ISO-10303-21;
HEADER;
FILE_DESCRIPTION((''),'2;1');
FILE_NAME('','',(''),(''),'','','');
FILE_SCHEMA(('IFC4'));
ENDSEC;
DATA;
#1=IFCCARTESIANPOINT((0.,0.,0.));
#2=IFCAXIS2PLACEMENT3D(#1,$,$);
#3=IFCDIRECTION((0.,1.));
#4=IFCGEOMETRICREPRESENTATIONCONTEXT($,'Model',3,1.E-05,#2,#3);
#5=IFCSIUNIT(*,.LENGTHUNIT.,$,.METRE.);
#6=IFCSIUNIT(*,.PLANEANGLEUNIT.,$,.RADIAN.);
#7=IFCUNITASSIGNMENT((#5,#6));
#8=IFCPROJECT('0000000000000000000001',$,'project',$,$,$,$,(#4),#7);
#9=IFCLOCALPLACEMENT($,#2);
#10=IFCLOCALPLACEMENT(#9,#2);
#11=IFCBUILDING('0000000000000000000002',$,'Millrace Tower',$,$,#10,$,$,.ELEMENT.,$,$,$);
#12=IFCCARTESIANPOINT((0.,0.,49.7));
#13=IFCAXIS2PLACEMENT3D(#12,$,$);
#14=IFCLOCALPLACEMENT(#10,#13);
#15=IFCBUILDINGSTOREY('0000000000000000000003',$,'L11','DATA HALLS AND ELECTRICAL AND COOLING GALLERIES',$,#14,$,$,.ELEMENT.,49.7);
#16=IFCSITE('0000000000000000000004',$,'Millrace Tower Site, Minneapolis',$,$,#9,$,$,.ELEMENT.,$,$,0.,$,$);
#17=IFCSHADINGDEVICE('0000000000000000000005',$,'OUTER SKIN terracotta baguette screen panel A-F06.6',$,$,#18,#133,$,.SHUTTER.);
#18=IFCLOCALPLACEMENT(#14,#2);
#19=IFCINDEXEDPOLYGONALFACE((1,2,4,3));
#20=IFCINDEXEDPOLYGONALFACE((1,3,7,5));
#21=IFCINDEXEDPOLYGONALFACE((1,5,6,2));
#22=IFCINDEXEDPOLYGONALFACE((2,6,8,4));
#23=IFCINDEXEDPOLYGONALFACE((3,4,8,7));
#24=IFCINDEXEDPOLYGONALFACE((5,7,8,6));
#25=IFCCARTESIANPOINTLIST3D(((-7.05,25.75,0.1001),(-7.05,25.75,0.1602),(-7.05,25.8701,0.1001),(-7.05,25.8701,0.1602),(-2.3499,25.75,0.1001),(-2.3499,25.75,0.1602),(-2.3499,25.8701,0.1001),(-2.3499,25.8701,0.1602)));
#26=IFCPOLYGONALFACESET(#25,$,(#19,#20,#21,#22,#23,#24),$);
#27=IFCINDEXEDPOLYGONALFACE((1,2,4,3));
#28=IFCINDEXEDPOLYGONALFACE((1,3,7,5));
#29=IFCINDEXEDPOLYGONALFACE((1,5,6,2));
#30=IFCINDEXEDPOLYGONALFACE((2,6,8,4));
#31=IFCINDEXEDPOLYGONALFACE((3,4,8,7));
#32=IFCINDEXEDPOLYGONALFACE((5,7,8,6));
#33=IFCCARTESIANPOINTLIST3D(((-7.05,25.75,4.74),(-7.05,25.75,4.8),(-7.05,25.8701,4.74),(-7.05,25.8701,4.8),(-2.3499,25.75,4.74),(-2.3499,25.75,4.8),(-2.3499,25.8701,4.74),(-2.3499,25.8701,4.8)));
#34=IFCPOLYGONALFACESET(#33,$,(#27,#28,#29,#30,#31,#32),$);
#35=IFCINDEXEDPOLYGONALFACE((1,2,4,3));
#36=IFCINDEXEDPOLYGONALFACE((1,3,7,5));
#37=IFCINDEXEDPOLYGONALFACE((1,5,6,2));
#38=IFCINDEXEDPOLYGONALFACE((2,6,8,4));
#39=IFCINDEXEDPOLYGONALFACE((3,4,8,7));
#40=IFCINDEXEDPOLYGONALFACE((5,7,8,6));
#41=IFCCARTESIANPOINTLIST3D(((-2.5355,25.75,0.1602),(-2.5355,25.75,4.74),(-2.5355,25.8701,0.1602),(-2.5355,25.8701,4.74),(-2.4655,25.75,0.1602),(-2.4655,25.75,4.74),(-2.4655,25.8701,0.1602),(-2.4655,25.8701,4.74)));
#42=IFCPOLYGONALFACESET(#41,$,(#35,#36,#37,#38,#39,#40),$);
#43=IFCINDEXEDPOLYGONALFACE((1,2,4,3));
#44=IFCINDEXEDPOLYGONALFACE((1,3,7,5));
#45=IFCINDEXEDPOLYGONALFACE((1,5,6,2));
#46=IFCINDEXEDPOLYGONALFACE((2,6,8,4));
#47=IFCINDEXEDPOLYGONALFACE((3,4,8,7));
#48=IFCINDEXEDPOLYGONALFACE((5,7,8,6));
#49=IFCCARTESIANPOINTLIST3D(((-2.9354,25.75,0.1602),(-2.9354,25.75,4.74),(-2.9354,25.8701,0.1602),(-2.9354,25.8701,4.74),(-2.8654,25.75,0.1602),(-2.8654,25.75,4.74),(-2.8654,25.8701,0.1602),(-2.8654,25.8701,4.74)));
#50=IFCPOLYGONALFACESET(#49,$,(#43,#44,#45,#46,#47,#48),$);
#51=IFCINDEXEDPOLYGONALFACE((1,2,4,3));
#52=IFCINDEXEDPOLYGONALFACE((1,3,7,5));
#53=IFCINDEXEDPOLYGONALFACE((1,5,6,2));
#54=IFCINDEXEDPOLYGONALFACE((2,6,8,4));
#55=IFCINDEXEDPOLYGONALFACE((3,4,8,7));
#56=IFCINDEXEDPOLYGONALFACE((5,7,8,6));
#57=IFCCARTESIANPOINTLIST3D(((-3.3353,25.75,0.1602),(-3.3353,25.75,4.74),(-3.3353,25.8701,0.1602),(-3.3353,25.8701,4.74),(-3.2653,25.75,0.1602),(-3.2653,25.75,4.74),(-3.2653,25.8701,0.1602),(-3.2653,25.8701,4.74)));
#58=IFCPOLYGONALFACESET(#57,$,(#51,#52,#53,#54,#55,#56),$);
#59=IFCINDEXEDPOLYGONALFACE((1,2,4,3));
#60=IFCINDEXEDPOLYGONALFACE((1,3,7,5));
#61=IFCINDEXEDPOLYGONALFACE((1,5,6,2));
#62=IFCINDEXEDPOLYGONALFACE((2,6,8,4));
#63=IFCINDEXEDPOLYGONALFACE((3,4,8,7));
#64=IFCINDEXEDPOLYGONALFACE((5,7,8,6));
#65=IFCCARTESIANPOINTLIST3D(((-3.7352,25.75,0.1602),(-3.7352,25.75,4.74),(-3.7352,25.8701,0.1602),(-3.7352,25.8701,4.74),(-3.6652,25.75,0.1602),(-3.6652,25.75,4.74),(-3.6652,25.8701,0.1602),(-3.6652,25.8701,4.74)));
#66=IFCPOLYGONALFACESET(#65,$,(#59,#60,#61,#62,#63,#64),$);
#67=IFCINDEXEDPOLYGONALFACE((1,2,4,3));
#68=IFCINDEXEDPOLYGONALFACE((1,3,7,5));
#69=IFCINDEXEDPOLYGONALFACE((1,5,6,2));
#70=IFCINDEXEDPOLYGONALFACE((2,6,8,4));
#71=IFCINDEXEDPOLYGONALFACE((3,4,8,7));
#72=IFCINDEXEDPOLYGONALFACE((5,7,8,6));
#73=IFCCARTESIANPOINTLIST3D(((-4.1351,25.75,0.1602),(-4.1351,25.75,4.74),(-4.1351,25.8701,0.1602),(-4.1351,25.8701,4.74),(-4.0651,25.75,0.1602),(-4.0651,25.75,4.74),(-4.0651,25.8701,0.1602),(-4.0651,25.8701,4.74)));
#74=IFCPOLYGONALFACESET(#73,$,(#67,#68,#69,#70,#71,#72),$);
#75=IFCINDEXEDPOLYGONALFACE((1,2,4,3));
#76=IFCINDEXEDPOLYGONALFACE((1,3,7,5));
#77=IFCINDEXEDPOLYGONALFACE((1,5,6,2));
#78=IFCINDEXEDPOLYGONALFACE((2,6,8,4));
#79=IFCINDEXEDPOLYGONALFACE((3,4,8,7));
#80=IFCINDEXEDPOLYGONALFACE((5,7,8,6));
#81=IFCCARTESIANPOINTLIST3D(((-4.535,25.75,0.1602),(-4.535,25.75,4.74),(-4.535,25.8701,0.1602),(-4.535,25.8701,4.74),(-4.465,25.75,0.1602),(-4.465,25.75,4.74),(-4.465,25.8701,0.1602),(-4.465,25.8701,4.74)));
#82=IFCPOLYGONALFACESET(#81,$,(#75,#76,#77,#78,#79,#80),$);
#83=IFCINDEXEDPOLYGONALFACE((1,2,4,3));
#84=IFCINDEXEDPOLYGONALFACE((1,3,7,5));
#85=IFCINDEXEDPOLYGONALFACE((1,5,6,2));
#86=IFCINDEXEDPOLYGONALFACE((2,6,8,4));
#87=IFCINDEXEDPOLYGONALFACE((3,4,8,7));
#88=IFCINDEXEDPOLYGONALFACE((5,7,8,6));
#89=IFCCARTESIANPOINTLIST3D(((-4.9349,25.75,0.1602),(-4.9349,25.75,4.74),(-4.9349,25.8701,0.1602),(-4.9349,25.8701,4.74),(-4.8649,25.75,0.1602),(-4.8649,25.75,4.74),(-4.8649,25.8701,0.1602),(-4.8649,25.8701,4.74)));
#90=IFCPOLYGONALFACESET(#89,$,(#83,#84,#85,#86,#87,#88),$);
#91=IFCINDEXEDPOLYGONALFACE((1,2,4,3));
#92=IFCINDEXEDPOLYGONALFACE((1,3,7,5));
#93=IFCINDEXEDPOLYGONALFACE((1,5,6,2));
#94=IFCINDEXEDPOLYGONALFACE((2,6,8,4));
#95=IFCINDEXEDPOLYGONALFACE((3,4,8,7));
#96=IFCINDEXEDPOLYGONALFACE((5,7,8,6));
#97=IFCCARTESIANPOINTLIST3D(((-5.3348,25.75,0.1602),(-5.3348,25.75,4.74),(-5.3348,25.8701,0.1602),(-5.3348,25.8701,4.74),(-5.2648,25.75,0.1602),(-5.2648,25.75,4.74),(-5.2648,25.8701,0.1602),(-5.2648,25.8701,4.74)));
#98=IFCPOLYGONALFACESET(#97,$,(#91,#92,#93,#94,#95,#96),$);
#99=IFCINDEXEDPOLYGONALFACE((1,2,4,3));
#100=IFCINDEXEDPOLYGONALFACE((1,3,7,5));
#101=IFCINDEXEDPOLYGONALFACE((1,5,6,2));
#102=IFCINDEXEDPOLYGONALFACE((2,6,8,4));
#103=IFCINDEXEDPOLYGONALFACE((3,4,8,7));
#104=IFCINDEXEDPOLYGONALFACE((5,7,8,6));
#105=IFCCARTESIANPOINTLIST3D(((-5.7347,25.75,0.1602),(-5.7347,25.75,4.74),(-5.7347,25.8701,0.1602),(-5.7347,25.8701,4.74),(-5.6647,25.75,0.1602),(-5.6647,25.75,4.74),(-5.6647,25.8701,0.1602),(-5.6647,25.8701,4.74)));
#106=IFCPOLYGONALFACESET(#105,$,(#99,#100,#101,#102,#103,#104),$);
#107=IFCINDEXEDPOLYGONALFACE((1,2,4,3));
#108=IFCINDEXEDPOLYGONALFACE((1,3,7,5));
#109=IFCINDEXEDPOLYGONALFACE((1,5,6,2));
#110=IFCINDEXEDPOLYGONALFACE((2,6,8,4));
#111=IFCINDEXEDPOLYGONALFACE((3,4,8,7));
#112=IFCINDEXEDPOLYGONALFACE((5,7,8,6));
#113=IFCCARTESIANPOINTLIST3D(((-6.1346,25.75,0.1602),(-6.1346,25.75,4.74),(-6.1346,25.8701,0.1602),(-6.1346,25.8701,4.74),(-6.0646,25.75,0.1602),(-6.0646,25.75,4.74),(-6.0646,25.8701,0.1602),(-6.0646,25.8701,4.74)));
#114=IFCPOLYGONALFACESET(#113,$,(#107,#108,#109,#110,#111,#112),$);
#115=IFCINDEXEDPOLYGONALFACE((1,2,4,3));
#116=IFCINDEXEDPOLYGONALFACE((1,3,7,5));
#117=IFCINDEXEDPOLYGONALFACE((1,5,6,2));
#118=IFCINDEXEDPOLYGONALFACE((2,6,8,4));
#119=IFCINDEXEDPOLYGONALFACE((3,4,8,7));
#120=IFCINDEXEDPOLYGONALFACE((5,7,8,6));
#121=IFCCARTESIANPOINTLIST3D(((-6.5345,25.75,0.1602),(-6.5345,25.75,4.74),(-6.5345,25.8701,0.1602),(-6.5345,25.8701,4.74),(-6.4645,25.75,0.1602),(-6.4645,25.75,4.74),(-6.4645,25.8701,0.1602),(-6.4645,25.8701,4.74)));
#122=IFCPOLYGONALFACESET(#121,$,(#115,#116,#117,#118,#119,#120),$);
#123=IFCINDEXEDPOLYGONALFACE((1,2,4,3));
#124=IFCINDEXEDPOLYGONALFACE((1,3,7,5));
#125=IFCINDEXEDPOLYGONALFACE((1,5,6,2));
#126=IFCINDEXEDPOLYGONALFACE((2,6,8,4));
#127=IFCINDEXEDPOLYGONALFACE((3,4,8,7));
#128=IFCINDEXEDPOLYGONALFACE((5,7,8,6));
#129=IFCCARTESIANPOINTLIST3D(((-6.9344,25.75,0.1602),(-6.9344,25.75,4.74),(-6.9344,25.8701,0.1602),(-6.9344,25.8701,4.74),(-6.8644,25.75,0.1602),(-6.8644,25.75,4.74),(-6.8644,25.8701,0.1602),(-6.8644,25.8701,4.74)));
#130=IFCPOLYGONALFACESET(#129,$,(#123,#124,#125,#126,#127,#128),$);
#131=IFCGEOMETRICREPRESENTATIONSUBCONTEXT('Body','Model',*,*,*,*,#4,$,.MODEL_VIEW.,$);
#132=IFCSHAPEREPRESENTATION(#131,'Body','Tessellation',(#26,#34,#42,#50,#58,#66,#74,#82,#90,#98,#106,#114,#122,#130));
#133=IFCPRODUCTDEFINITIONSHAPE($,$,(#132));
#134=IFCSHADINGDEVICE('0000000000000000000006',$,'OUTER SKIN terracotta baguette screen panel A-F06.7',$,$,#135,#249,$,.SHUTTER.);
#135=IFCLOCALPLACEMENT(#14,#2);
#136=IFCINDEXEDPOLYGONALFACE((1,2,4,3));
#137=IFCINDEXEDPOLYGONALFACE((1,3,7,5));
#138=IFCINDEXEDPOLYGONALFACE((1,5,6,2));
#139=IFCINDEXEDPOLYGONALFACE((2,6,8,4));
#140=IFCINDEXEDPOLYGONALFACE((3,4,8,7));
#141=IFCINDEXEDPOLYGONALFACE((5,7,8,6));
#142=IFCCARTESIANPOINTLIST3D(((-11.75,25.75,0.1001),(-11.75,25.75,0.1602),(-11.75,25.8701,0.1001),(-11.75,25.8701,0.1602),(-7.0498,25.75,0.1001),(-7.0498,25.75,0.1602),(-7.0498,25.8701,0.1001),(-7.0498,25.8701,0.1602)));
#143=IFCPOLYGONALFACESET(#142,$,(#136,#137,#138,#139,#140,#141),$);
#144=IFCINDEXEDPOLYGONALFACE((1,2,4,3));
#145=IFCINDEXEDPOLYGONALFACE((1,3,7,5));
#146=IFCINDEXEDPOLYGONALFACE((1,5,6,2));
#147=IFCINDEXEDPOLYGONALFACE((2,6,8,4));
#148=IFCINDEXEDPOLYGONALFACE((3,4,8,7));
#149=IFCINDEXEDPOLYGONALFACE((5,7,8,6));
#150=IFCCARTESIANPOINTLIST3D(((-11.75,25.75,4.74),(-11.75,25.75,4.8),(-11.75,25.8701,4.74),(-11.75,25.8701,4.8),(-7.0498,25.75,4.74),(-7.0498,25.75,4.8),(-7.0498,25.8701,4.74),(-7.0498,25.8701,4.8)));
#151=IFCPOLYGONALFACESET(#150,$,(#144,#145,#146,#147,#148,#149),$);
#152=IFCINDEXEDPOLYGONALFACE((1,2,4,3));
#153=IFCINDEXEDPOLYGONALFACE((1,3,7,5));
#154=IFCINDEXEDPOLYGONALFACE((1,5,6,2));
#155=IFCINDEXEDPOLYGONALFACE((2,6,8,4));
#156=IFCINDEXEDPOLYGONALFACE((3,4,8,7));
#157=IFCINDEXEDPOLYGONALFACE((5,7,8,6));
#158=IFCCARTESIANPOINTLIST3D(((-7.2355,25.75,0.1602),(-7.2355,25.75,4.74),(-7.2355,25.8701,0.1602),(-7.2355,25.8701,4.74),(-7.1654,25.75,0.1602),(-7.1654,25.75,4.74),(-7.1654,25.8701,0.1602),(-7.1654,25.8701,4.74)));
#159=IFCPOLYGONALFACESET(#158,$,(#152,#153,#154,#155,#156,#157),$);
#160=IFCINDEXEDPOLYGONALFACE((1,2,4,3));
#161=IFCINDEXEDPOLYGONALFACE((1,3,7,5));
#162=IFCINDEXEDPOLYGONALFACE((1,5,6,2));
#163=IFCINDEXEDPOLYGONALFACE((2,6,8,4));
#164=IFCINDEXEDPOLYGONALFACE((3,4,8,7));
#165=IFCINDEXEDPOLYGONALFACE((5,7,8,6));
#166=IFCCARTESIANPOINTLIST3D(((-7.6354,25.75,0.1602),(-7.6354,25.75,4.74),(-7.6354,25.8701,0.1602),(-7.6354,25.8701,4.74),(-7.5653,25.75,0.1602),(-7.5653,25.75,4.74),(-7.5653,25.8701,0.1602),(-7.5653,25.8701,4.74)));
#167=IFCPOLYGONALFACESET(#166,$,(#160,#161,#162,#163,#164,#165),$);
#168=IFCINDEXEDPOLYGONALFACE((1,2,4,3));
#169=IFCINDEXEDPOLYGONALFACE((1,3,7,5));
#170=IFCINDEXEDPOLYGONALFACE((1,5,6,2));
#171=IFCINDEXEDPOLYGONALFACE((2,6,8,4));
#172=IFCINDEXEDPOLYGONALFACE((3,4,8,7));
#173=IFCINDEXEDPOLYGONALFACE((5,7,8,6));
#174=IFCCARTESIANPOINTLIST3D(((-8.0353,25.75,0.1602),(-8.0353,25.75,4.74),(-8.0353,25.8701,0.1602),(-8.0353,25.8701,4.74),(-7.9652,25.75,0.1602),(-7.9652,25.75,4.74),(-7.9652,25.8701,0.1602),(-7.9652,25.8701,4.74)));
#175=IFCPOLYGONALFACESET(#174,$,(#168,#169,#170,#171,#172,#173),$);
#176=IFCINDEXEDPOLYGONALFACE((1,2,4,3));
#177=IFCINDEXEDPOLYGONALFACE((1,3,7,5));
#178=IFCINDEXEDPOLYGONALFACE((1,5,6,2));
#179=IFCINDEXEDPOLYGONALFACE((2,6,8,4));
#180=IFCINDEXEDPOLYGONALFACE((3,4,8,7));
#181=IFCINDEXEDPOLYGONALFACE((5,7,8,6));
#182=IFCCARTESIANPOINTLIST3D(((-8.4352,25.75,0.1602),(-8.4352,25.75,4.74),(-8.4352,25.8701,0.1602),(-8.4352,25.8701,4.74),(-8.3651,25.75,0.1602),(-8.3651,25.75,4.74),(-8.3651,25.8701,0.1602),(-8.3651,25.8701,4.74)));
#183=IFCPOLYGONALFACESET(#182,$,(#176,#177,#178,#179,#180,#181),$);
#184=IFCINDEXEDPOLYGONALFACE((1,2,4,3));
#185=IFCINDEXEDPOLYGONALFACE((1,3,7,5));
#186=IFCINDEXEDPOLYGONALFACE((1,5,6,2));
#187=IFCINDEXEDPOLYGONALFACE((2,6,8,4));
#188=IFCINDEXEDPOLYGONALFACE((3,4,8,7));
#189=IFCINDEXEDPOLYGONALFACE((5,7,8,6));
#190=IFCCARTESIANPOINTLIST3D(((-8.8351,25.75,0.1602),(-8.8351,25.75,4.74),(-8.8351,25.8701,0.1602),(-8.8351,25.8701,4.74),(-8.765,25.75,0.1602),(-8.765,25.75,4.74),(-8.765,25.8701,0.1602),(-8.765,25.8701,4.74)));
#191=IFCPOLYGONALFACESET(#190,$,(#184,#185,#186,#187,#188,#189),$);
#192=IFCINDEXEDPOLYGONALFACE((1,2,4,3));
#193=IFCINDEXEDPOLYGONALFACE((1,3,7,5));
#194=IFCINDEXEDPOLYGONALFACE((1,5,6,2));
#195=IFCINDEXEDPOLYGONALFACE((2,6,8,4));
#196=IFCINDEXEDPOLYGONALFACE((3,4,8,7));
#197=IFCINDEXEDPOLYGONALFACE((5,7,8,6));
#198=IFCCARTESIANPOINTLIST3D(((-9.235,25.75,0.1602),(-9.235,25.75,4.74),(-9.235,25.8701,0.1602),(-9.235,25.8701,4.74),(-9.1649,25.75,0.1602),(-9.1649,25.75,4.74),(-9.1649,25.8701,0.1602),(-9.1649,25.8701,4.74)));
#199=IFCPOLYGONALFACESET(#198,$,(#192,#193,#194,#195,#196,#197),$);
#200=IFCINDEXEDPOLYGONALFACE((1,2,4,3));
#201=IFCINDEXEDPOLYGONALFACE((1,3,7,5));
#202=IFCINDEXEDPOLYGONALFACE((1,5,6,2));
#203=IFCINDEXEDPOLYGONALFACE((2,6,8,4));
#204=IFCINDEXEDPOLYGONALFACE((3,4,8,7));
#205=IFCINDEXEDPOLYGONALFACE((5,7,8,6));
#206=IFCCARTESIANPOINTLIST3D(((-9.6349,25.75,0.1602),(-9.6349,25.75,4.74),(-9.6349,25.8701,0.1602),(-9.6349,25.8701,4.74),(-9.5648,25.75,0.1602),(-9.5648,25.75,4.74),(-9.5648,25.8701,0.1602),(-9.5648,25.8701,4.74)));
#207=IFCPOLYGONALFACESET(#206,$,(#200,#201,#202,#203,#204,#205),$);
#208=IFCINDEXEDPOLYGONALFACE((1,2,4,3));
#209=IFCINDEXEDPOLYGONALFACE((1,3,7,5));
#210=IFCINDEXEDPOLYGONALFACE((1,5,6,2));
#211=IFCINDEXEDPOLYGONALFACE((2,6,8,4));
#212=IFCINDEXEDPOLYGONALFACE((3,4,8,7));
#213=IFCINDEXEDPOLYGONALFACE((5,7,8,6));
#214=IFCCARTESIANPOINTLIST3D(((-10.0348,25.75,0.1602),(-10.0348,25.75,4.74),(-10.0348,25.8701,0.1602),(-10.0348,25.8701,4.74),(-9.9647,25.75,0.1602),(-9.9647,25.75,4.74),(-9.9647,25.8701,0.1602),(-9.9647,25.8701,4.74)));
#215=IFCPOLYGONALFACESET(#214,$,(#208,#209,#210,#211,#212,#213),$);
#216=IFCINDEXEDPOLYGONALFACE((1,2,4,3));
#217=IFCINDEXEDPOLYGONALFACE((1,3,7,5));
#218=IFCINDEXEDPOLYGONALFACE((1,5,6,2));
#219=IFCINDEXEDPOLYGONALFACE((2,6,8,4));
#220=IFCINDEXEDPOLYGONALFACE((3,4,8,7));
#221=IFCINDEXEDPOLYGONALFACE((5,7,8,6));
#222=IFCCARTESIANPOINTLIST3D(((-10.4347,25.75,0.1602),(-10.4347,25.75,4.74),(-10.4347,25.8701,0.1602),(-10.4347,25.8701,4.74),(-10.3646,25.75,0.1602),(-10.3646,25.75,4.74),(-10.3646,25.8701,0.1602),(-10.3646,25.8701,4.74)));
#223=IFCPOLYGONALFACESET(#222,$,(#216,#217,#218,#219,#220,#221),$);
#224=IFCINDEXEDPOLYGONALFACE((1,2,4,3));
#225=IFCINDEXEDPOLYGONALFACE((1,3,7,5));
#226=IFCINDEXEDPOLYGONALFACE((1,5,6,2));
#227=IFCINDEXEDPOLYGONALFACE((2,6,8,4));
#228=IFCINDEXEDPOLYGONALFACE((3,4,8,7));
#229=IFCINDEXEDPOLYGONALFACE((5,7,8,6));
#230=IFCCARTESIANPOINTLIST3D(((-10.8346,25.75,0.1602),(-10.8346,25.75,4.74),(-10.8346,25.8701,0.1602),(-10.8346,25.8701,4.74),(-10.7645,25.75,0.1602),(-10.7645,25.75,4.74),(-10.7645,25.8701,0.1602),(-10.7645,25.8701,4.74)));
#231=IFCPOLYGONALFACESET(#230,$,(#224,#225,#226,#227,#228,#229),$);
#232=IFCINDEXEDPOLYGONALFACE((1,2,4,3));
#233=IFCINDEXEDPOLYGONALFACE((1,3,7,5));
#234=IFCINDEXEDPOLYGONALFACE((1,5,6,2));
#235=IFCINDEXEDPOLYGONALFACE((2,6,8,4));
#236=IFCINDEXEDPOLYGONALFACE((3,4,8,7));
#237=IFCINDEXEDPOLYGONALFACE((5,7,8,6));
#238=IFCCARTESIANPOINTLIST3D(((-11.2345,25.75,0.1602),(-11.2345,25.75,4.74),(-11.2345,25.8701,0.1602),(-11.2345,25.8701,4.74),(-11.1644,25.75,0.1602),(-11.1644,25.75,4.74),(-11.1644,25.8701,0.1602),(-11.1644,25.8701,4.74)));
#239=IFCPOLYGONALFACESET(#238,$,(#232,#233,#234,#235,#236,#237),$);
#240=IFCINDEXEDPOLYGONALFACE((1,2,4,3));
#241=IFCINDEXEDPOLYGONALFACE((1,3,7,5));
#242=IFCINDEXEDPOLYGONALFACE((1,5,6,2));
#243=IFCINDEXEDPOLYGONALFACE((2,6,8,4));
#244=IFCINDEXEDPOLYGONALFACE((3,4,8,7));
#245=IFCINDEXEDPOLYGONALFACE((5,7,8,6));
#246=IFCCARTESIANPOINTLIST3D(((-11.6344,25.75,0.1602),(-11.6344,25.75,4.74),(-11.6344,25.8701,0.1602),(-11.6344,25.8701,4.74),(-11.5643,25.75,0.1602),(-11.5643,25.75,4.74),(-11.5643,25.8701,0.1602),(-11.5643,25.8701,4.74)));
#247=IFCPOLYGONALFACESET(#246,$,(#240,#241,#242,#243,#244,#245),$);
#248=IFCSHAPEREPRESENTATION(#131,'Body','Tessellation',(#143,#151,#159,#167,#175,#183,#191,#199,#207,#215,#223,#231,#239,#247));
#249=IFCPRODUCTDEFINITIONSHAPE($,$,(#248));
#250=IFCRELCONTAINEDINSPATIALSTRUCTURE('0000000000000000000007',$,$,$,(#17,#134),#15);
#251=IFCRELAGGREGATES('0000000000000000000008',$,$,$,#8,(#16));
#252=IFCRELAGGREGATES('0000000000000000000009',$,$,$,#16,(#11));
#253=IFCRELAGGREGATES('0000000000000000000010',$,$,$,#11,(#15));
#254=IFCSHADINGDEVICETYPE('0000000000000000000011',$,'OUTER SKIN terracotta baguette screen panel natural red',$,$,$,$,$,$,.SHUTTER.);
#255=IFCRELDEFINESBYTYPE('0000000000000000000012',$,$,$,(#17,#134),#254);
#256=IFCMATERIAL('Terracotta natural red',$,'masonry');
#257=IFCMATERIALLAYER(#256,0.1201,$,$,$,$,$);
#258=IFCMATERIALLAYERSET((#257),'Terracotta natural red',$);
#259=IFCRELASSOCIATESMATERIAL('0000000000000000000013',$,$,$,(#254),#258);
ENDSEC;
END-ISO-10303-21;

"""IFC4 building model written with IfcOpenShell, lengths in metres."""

from ifc_helpers import new_model, entity, si_unit, direction, frame, frame_2d, origin, place, context, subcontext, project, spatial, rectangle, extrude, source, transform, mapped, material, layer, layer_set, type_object, element, save


model = new_model("IFC4")

# Units and contexts
model_context = context("Model", 3, precision=1e-05, world=origin(), true_north=direction((0.0, 1.0)))
body_context = subcontext(model_context, "Body", "Model", "MODEL_VIEW")
ifc_project = project(units=[si_unit("LENGTHUNIT", "METRE"), si_unit("PLANEANGLEUNIT", "RADIAN")], contexts=[model_context])

# Site, building, storey
site_placement = place(None, origin())
site = spatial("IfcSite", under=ifc_project, at=site_placement, Name="Millrace Tower Site, Minneapolis", CompositionType="ELEMENT", RefElevation=0.0)
building_placement = place(site_placement, origin())
building = spatial("IfcBuilding", under=site, at=building_placement, Name="Millrace Tower", CompositionType="ELEMENT")
storey_placement = place(building_placement, frame((0.0, 0.0, 49.7)))
storey = spatial("IfcBuildingStorey", under=building, at=storey_placement, Name="L11", Description="DATA HALLS AND ELECTRICAL AND COOLING GALLERIES", CompositionType="ELEMENT", Elevation=49.7)

# Shading devices
ifc_material_1 = material(Name="Terracotta natural red", Category="masonry")
ifc_layer_1 = layer(ifc_material_1, 0.1201)
ifc_layer_set_1 = layer_set([ifc_layer_1], Name="Terracotta natural red")
shading_device_type = type_object("IfcShadingDeviceType", Name="OUTER SKIN terracotta baguette screen panel natural red", PredefinedType="SHUTTER", material=ifc_layer_set_1)
cartesian_point = entity("IfcCartesianPoint", [-2.3501, 0.0601])
shared_polyline = entity("IfcPolyline", [cartesian_point, entity("IfcCartesianPoint", [2.3501, 0.0601]), entity("IfcCartesianPoint", [2.3501, -0.0601]), entity("IfcCartesianPoint", [-2.3501, -0.0601]), cartesian_point])
shared_shape = source(origin(), body_context, "Body", "SweptSolid", [
    entity("IfcExtrudedAreaSolid", entity("IfcArbitraryClosedProfileDef", "AREA", None, shared_polyline), entity("IfcAxis2Placement3D", entity("IfcCartesianPoint", [0.0, 0.0, 0.0])), entity("IfcDirection", [0.0, 0.0, 1.0]), 0.0601),
    entity("IfcExtrudedAreaSolid", entity("IfcArbitraryClosedProfileDef", "AREA", None, shared_polyline), entity("IfcAxis2Placement3D", entity("IfcCartesianPoint", [0.0, 0.0, 4.6399])), entity("IfcDirection", [0.0, 0.0, 1.0]), 0.0601),
    extrude(rectangle(XDim=0.0701, YDim=0.1201, at=frame_2d((-2.1995, 0.0))), frame((0.0, 0.0, 0.0601)), (0.0, 0.0, 1.0), 4.5798),
    extrude(rectangle(XDim=0.0701, YDim=0.1201, at=frame_2d((-1.7996, 0.0))), frame((0.0, 0.0, 0.0601)), (0.0, 0.0, 1.0), 4.5798),
    extrude(rectangle(XDim=0.0701, YDim=0.1201, at=frame_2d((-1.3997, 0.0))), frame((0.0, 0.0, 0.0601)), (0.0, 0.0, 1.0), 4.5798),
    extrude(rectangle(XDim=0.0701, YDim=0.1201, at=frame_2d((-0.9998, 0.0))), frame((0.0, 0.0, 0.0601)), (0.0, 0.0, 1.0), 4.5798),
    extrude(rectangle(XDim=0.0701, YDim=0.1201, at=frame_2d((-0.5999, 0.0))), frame((0.0, 0.0, 0.0601)), (0.0, 0.0, 1.0), 4.5798),
    extrude(rectangle(XDim=0.0701, YDim=0.1201, at=frame_2d((-0.2, 0.0))), frame((0.0, 0.0, 0.0601)), (0.0, 0.0, 1.0), 4.5798),
    extrude(rectangle(XDim=0.0701, YDim=0.1201, at=frame_2d((0.2, 0.0))), frame((0.0, 0.0, 0.0601)), (0.0, 0.0, 1.0), 4.5798),
    extrude(rectangle(XDim=0.0701, YDim=0.1201, at=frame_2d((0.5999, 0.0))), frame((0.0, 0.0, 0.0601)), (0.0, 0.0, 1.0), 4.5798),
    extrude(rectangle(XDim=0.0701, YDim=0.1201, at=frame_2d((0.9998, 0.0))), frame((0.0, 0.0, 0.0601)), (0.0, 0.0, 1.0), 4.5798),
    extrude(rectangle(XDim=0.0701, YDim=0.1201, at=frame_2d((1.3997, 0.0))), frame((0.0, 0.0, 0.0601)), (0.0, 0.0, 1.0), 4.5798),
    extrude(rectangle(XDim=0.0701, YDim=0.1201, at=frame_2d((1.7996, 0.0))), frame((0.0, 0.0, 0.0601)), (0.0, 0.0, 1.0), 4.5798),
    extrude(rectangle(XDim=0.0701, YDim=0.1201, at=frame_2d((2.1995, 0.0))), frame((0.0, 0.0, 0.0601)), (0.0, 0.0, 1.0), 4.5798),
])
for number, where, z_axis, x_axis, name in (
    (1, (-4.7, 25.8101, 0.1001), (0.0, 0.0, 1.0), (-1.0, 0.0, 0.0), "OUTER SKIN terracotta baguette screen panel A-F06.6"),
    (2, (-9.3999, 25.8101, 0.1001), (0.0, 0.0, 1.0), (-1.0, 0.0, 0.0), "OUTER SKIN terracotta baguette screen panel A-F06.7"),
):
    element("IfcShadingDevice", number, at=place(storey_placement, frame(where, z_axis=z_axis, x_axis=x_axis)), inside=storey, type_object=shading_device_type, Name=name, PredefinedType="SHUTTER", context=body_context, shape_type="MappedRepresentation", body=[
        mapped(shared_shape, transform((0.0, 0.0, 0.0), scale=1.0)),
    ])

save(model, "model.ifc")
